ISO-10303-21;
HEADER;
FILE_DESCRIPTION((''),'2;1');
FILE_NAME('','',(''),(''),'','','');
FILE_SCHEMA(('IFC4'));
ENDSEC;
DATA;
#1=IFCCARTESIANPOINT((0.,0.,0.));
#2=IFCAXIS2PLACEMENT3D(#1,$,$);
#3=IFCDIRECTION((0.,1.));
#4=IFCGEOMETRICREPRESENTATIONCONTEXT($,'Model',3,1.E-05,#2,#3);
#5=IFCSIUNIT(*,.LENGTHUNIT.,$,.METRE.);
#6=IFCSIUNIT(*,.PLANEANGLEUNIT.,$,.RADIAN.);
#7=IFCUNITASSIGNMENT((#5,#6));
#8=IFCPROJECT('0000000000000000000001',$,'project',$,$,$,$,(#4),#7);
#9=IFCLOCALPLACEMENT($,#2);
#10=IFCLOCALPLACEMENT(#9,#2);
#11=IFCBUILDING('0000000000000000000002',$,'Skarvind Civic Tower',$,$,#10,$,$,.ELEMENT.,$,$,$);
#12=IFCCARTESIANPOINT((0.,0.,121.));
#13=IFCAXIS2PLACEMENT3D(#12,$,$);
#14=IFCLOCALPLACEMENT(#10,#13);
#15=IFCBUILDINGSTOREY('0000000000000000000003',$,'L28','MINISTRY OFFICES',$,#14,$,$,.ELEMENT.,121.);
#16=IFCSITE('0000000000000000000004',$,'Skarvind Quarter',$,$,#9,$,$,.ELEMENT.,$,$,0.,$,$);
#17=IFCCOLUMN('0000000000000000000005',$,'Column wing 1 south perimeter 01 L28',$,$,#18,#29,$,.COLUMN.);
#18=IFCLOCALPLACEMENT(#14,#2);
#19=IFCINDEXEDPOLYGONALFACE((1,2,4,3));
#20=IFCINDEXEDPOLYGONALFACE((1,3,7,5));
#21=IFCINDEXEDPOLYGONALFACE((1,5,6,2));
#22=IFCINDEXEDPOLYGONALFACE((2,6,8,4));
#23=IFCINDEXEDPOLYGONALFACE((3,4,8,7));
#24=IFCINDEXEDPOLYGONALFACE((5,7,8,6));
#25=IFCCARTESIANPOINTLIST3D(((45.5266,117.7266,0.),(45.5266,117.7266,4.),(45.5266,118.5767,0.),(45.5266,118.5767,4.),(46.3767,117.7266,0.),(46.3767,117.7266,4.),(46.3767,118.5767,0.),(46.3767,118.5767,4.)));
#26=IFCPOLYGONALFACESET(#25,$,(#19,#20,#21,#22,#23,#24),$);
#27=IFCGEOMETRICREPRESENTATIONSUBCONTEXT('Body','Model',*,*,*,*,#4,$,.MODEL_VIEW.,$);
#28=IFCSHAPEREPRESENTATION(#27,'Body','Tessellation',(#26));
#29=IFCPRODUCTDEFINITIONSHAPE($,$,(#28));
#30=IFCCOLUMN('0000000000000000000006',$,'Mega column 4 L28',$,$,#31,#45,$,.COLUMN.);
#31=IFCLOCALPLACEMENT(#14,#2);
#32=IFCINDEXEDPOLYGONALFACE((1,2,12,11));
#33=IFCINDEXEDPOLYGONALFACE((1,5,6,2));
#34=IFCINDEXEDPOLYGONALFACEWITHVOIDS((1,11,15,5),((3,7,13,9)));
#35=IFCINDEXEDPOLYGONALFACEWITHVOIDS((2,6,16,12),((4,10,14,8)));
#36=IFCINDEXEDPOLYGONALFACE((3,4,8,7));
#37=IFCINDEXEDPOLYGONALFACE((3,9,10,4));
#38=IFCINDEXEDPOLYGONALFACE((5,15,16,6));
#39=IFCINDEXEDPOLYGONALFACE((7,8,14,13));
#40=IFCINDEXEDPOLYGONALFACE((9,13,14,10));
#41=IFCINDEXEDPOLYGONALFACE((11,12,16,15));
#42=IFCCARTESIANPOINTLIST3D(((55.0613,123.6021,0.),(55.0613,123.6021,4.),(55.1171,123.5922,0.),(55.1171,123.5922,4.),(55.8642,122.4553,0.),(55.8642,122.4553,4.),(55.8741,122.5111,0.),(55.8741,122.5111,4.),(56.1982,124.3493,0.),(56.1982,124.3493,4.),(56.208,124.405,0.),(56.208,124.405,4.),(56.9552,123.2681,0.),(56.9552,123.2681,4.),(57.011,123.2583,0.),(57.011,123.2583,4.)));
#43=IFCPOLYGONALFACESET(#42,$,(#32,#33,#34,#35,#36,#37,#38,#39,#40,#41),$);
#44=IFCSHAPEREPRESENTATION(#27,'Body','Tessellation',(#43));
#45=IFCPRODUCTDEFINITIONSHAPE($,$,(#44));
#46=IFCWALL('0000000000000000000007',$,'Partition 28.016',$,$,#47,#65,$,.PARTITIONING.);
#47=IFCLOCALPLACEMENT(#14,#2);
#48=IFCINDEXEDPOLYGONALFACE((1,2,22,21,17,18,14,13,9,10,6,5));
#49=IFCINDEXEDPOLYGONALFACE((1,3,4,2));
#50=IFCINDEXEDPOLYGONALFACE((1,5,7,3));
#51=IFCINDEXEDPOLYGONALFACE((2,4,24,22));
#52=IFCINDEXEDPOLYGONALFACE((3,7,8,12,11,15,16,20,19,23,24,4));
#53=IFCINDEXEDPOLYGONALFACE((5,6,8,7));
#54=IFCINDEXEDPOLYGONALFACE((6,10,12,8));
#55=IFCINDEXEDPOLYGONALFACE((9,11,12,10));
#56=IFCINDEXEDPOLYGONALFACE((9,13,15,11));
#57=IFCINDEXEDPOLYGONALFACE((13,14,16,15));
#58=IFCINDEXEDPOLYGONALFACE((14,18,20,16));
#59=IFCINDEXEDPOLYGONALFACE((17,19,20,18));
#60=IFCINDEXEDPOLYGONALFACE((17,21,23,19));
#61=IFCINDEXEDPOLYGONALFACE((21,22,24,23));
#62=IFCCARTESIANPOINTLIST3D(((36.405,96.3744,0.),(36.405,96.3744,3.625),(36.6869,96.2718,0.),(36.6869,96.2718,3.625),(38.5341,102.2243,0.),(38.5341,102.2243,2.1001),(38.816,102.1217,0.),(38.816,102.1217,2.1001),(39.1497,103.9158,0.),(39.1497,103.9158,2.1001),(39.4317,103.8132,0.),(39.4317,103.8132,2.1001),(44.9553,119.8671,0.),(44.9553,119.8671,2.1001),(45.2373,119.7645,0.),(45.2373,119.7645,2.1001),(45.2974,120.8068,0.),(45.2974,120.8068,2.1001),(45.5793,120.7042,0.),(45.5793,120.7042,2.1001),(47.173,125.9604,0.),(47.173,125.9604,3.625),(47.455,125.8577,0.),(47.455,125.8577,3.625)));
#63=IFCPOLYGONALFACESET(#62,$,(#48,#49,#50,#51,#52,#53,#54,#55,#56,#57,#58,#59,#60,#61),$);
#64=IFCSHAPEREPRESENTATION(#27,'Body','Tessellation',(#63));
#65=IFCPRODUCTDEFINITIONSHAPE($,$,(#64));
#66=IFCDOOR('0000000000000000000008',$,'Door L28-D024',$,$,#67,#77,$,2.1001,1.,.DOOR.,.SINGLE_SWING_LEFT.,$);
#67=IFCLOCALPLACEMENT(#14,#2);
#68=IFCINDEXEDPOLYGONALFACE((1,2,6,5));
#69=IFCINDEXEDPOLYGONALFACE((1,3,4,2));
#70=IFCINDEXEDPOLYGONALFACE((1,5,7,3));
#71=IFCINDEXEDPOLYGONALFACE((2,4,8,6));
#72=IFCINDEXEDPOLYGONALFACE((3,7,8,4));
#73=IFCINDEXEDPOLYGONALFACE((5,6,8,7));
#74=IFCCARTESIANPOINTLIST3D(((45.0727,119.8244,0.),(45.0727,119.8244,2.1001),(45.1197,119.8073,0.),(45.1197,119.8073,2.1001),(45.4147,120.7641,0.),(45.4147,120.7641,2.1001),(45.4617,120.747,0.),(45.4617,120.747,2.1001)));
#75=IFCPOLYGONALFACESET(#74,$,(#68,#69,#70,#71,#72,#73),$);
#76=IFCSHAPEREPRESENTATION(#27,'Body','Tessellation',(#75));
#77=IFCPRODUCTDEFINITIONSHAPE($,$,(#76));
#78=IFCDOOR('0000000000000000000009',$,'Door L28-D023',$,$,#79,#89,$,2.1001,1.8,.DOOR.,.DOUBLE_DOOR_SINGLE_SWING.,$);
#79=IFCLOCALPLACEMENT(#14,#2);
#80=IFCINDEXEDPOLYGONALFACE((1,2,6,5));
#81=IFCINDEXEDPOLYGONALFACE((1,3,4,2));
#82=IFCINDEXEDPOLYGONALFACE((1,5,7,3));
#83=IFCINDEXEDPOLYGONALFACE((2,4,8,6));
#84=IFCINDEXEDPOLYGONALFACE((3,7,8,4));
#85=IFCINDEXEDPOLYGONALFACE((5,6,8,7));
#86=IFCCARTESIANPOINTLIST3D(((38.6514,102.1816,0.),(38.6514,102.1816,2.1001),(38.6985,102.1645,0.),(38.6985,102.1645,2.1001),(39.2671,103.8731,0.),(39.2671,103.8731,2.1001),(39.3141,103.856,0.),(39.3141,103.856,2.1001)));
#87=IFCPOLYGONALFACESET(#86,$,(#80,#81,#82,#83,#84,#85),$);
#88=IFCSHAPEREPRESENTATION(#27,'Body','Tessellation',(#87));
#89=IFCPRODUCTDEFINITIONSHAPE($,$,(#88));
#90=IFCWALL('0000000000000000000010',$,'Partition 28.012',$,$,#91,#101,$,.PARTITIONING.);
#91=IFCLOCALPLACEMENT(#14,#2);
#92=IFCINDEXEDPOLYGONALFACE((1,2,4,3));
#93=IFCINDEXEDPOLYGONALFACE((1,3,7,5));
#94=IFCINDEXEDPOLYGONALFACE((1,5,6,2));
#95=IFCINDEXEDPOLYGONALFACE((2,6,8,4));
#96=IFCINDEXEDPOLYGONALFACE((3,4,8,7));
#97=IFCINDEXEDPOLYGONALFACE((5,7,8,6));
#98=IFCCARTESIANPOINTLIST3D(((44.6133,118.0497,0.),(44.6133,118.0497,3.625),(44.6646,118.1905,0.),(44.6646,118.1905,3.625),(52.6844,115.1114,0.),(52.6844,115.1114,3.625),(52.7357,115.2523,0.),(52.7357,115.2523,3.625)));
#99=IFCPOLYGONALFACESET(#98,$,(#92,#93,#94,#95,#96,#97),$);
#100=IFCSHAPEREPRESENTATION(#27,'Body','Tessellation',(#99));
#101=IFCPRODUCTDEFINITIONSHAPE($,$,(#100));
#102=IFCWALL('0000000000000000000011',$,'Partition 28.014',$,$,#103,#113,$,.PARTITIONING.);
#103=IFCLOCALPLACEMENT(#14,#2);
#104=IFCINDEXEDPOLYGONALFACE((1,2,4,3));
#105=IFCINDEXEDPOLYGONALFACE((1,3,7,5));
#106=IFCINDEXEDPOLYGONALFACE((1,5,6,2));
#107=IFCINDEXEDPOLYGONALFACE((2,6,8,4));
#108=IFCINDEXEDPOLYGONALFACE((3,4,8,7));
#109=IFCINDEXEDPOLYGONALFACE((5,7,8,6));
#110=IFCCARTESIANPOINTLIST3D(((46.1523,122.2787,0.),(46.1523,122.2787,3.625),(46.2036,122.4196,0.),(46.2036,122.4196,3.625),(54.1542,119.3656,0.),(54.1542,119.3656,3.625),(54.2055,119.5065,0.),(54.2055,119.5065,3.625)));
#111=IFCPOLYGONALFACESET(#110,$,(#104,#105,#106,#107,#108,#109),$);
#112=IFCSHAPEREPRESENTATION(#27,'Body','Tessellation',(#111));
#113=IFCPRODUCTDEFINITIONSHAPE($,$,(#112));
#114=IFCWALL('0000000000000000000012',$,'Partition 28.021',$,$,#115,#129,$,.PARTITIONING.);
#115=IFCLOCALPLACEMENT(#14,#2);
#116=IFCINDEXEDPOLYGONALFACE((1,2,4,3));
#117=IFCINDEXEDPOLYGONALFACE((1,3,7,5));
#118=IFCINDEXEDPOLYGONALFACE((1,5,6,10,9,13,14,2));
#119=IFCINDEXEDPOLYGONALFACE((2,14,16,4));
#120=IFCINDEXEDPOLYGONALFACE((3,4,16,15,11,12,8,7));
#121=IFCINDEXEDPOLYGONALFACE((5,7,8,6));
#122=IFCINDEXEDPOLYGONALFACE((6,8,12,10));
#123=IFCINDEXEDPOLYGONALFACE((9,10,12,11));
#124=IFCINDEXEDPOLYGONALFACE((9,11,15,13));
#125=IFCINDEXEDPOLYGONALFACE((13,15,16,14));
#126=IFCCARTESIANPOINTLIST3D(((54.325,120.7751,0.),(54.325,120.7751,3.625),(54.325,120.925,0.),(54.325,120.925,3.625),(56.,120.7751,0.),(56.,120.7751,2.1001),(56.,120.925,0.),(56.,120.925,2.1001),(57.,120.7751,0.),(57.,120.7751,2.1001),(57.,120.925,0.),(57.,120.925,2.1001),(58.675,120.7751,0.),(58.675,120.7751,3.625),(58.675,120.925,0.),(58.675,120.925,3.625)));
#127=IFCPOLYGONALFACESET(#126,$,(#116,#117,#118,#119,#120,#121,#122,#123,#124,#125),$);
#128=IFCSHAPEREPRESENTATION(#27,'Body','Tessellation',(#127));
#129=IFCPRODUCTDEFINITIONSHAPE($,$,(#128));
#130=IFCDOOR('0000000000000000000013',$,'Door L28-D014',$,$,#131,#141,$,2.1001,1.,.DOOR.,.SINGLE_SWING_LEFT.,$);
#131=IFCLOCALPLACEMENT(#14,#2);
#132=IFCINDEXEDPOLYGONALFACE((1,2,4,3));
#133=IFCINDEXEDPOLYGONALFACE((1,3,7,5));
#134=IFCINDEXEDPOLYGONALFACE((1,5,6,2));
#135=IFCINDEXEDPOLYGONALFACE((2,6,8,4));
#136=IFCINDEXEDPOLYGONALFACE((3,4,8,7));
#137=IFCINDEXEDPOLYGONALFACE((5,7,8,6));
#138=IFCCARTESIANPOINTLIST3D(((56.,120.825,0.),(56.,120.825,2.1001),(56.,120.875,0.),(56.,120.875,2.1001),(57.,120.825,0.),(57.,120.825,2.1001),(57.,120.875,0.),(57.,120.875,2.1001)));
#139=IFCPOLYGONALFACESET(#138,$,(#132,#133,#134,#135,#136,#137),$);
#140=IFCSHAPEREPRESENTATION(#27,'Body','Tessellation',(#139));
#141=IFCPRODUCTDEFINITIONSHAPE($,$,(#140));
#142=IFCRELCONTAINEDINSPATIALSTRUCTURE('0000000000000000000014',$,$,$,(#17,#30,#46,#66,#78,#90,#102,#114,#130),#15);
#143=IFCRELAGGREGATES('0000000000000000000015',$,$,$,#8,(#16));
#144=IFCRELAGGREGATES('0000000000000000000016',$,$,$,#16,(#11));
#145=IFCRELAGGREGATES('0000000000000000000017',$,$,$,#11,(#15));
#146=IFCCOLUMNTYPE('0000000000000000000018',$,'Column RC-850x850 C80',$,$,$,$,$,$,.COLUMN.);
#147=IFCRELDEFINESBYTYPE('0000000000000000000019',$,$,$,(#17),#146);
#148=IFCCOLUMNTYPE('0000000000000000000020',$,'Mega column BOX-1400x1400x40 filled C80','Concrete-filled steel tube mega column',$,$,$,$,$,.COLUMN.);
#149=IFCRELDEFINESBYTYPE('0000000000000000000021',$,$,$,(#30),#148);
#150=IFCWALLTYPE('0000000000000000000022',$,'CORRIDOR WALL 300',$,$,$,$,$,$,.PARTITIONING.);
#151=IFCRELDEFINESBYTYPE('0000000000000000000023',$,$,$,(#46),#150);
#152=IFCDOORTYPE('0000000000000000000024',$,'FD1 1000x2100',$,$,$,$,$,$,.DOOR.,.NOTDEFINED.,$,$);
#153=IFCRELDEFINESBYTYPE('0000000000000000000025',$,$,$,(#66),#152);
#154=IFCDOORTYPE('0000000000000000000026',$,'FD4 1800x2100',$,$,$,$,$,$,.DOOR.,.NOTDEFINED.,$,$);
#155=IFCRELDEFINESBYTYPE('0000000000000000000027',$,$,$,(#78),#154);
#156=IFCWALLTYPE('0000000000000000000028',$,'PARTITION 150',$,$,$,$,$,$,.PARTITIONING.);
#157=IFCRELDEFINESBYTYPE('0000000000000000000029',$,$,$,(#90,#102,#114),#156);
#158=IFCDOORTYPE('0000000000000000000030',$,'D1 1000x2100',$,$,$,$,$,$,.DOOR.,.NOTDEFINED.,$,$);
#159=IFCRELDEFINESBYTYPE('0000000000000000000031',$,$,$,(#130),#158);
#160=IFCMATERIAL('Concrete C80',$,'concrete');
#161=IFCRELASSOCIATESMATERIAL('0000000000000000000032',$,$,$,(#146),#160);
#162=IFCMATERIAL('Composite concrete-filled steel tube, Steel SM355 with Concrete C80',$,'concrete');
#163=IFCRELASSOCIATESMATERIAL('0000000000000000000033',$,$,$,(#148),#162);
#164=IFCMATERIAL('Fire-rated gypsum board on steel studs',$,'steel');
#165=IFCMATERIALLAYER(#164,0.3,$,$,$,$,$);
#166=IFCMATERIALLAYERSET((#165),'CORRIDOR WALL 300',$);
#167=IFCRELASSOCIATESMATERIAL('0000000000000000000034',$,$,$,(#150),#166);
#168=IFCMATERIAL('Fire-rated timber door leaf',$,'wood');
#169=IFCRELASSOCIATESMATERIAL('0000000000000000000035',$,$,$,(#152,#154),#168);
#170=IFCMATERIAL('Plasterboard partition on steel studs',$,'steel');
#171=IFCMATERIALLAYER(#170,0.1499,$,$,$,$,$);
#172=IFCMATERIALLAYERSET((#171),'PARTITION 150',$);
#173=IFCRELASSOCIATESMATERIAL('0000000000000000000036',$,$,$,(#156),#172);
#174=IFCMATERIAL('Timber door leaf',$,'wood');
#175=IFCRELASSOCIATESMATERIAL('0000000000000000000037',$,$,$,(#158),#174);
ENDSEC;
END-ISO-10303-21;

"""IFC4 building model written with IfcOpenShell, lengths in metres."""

from ifc_helpers import new_model, si_unit, direction, frame, frame_2d, origin, origin_2d, place, context, subcontext, project, spatial, rectangle, hollow_rectangle, extrude, material, layer, layer_set, material_profile, profile_set, type_object, element, fill, save


model = new_model("IFC4")

# Units and contexts
model_context = context("Model", 3, precision=1e-05, world=origin(), true_north=direction((0.0, 1.0)))
body_context = subcontext(model_context, "Body", "Model", "MODEL_VIEW")
ifc_project = project(units=[si_unit("LENGTHUNIT", "METRE"), si_unit("PLANEANGLEUNIT", "RADIAN")], contexts=[model_context])

# Site, building, storey
site_placement = place(None, origin())
site = spatial("IfcSite", under=ifc_project, at=site_placement, Name="Skarvind Quarter", CompositionType="ELEMENT", RefElevation=0.0)
building_placement = place(site_placement, origin())
building = spatial("IfcBuilding", under=site, at=building_placement, Name="Skarvind Civic Tower", CompositionType="ELEMENT")
storey_placement = place(building_placement, frame((0.0, 0.0, 121.0)))
storey = spatial("IfcBuildingStorey", under=building, at=storey_placement, Name="L28", Description="MINISTRY OFFICES", CompositionType="ELEMENT", Elevation=121.0)

# Columns
ifc_material_1 = material(Name="Concrete C80", Category="concrete")
ifc_material_profile_1 = material_profile(ifc_material_1, rectangle(XDim=0.8501, YDim=0.8501, at=origin_2d()), Name="RC-850x850")
ifc_profile_set_1 = profile_set([ifc_material_profile_1], Name="Concrete C80")
column_type_1 = type_object("IfcColumnType", Name="Column RC-850x850 C80", PredefinedType="COLUMN", material=ifc_profile_set_1)
column_1_placement = place(storey_placement, frame((45.9517, 118.1516, 0.0), z_axis=(0.0, 0.0, 1.0), x_axis=(1.0, 0.0, 0.0)))
element("IfcColumn", 1, at=column_1_placement, inside=storey, type_object=column_type_1, Name="Column wing 1 south perimeter 01 L28", PredefinedType="COLUMN", context=body_context, shape_type="SweptSolid", body=[
    extrude(rectangle(XDim=0.8501, YDim=0.8501, at=origin_2d()), origin(), (0.0, 0.0, 1.0), 4.0),
])
ifc_material_2 = material(Name="Composite concrete-filled steel tube, Steel SM355 with Concrete C80", Category="concrete")
ifc_material_profile_2 = material_profile(ifc_material_2, hollow_rectangle(XDim=1.3999, YDim=1.3999, WallThickness=0.04, at=origin_2d()), Name="BOX-1400x1400x40")
ifc_profile_set_2 = profile_set([ifc_material_profile_2], Name="Composite concrete-filled steel tube, Steel SM355 with Concrete C80")
column_type_2 = type_object("IfcColumnType", Name="Mega column BOX-1400x1400x40 filled C80", Description="Concrete-filled steel tube mega column", PredefinedType="COLUMN", material=ifc_profile_set_2)
column_2_placement = place(storey_placement, frame((56.0361, 123.4302, 0.0), z_axis=(0.0, 0.0, 1.0), x_axis=(0.573576, -0.819152, 0.0)))
element("IfcColumn", 2, at=column_2_placement, inside=storey, type_object=column_type_2, Name="Mega column 4 L28", PredefinedType="COLUMN", context=body_context, shape_type="SweptSolid", body=[
    extrude(hollow_rectangle(XDim=1.3999, YDim=1.3999, WallThickness=0.04, at=origin_2d()), origin(), (0.0, 0.0, 1.0), 4.0),
])

# Wall, openings, doors
ifc_material_3 = material(Name="Fire-rated gypsum board on steel studs", Category="steel")
ifc_layer_1 = layer(ifc_material_3, 0.3)
ifc_layer_set_1 = layer_set([ifc_layer_1], Name="CORRIDOR WALL 300")
wall_type_1 = type_object("IfcWallType", Name="CORRIDOR WALL 300", PredefinedType="PARTITIONING", material=ifc_layer_set_1)
wall_1_placement = place(storey_placement, frame((47.314, 125.9089, 0.0), z_axis=(0.0, 0.0, 1.0), x_axis=(-0.342011, -0.939696, 0.0)))
wall_1 = element("IfcWall", 3, at=wall_1_placement, inside=storey, type_object=wall_type_1, Name="Partition 28.016", PredefinedType="PARTITIONING", context=body_context, shape_type="SweptSolid", body=[
    extrude(rectangle(XDim=31.4846, YDim=0.3, at=frame_2d((15.7422, 0.0))), origin(), (0.0, 0.0, 1.0), 3.625),
])
opening_1_placement = place(wall_1_placement, frame((23.4592, 0.0, 0.0)))
opening_1 = element("IfcOpeningElement", 4, at=opening_1_placement, cuts=wall_1, PredefinedType="OPENING", context=body_context, shape_type="SweptSolid", body=[
    extrude(rectangle(XDim=1.8, YDim=2.1001, at=frame_2d((0.8999, 1.05))), frame((0.0, 0.1599, 0.0), z_axis=(0.0, -1.0, 0.0), x_axis=(1.0, 0.0, 0.0)), (0.0, 0.0, 1.0), 0.3201),
])
opening_2_placement = place(wall_1_placement, frame((5.4841, 0.0, 0.0)))
opening_2 = element("IfcOpeningElement", 5, at=opening_2_placement, cuts=wall_1, PredefinedType="OPENING", context=body_context, shape_type="SweptSolid", body=[
    extrude(rectangle(XDim=1.0, YDim=2.1001, at=frame_2d((0.5, 1.05))), frame((0.0, 0.1599, 0.0), z_axis=(0.0, -1.0, 0.0), x_axis=(1.0, 0.0, 0.0)), (0.0, 0.0, 1.0), 0.3201),
])
ifc_material_4 = material(Name="Fire-rated timber door leaf", Category="wood")
door_type_1 = type_object("IfcDoorType", Name="FD1 1000x2100", OperationType="NOTDEFINED", PredefinedType="DOOR", material=ifc_material_4)
door_1_placement = place(opening_2_placement, origin())
door_1 = element("IfcDoor", 6, at=door_1_placement, inside=storey, type_object=door_type_1, Name="Door L28-D024", OperationType="SINGLE_SWING_LEFT", OverallHeight=2.1001, OverallWidth=1.0, PredefinedType="DOOR", context=body_context, shape_type="SweptSolid", body=[
    extrude(rectangle(XDim=1.0, YDim=2.1001, at=frame_2d((0.5, 1.05))), frame((0.0, 0.0249, 0.0), z_axis=(0.0, -1.0, 0.0), x_axis=(1.0, 0.0, 0.0)), (0.0, 0.0, 1.0), 0.05),
])
fill(opening_2, door_1)
door_type_2 = type_object("IfcDoorType", Name="FD4 1800x2100", OperationType="NOTDEFINED", PredefinedType="DOOR", material=ifc_material_4)
door_2_placement = place(opening_1_placement, origin())
door_2 = element("IfcDoor", 7, at=door_2_placement, inside=storey, type_object=door_type_2, Name="Door L28-D023", OperationType="DOUBLE_DOOR_SINGLE_SWING", OverallHeight=2.1001, OverallWidth=1.8, PredefinedType="DOOR", context=body_context, shape_type="SweptSolid", body=[
    extrude(rectangle(XDim=1.8, YDim=2.1001, at=frame_2d((0.8999, 1.05))), frame((0.0, 0.0249, 0.0), z_axis=(0.0, -1.0, 0.0), x_axis=(1.0, 0.0, 0.0)), (0.0, 0.0, 1.0), 0.05),
])
fill(opening_1, door_2)

# Walls
ifc_material_5 = material(Name="Plasterboard partition on steel studs", Category="steel")
ifc_layer_2 = layer(ifc_material_5, 0.1499)
ifc_layer_set_2 = layer_set([ifc_layer_2], Name="PARTITION 150")
wall_type_2 = type_object("IfcWallType", Name="PARTITION 150", PredefinedType="PARTITIONING", material=ifc_layer_set_2)
wall_2_placement = place(storey_placement, frame((44.6389, 118.1201, 0.0), z_axis=(0.0, 0.0, 1.0), x_axis=(0.93967, -0.342083, 0.0)))
element("IfcWall", 8, at=wall_2_placement, inside=storey, type_object=wall_type_2, Name="Partition 28.012", PredefinedType="PARTITIONING", context=body_context, shape_type="SweptSolid", body=[
    extrude(rectangle(XDim=8.5894, YDim=0.1499, at=frame_2d((4.2947, 0.0))), origin(), (0.0, 0.0, 1.0), 3.625),
])
wall_3_placement = place(storey_placement, frame((46.178, 122.3491, 0.0), z_axis=(0.0, 0.0, 1.0), x_axis=(0.939669, -0.342084, 0.0)))
element("IfcWall", 9, at=wall_3_placement, inside=storey, type_object=wall_type_2, Name="Partition 28.014", PredefinedType="PARTITIONING", context=body_context, shape_type="SweptSolid", body=[
    extrude(rectangle(XDim=8.5156, YDim=0.1499, at=frame_2d((4.2578, 0.0))), origin(), (0.0, 0.0, 1.0), 3.625),
])

# Wall, opening, door
wall_4_placement = place(storey_placement, frame((54.325, 120.8501, 0.0), z_axis=(0.0, 0.0, 1.0), x_axis=(1.0, 0.0, 0.0)))
wall_4 = element("IfcWall", 10, at=wall_4_placement, inside=storey, type_object=wall_type_2, Name="Partition 28.021", PredefinedType="PARTITIONING", context=body_context, shape_type="SweptSolid", body=[
    extrude(rectangle(XDim=4.3501, YDim=0.1499, at=frame_2d((2.175, 0.0))), origin(), (0.0, 0.0, 1.0), 3.625),
])
opening_3_placement = place(wall_4_placement, frame((1.675, 0.0, 0.0)))
opening_3 = element("IfcOpeningElement", 11, at=opening_3_placement, cuts=wall_4, PredefinedType="OPENING", context=body_context, shape_type="SweptSolid", body=[
    extrude(rectangle(XDim=1.0, YDim=2.1001, at=frame_2d((0.5, 1.05))), frame((0.0, 0.085, 0.0), z_axis=(0.0, -1.0, 0.0), x_axis=(1.0, 0.0, 0.0)), (0.0, 0.0, 1.0), 0.1699),
])
ifc_material_6 = material(Name="Timber door leaf", Category="wood")
door_type_3 = type_object("IfcDoorType", Name="D1 1000x2100", OperationType="NOTDEFINED", PredefinedType="DOOR", material=ifc_material_6)
door_3_placement = place(opening_3_placement, origin())
door_3 = element("IfcDoor", 12, at=door_3_placement, inside=storey, type_object=door_type_3, Name="Door L28-D014", OperationType="SINGLE_SWING_LEFT", OverallHeight=2.1001, OverallWidth=1.0, PredefinedType="DOOR", context=body_context, shape_type="SweptSolid", body=[
    extrude(rectangle(XDim=1.0, YDim=2.1001, at=frame_2d((0.5, 1.05))), frame((0.0, 0.0249, 0.0), z_axis=(0.0, -1.0, 0.0), x_axis=(1.0, 0.0, 0.0)), (0.0, 0.0, 1.0), 0.05),
])
fill(opening_3, door_3)

save(model, "model.ifc")
